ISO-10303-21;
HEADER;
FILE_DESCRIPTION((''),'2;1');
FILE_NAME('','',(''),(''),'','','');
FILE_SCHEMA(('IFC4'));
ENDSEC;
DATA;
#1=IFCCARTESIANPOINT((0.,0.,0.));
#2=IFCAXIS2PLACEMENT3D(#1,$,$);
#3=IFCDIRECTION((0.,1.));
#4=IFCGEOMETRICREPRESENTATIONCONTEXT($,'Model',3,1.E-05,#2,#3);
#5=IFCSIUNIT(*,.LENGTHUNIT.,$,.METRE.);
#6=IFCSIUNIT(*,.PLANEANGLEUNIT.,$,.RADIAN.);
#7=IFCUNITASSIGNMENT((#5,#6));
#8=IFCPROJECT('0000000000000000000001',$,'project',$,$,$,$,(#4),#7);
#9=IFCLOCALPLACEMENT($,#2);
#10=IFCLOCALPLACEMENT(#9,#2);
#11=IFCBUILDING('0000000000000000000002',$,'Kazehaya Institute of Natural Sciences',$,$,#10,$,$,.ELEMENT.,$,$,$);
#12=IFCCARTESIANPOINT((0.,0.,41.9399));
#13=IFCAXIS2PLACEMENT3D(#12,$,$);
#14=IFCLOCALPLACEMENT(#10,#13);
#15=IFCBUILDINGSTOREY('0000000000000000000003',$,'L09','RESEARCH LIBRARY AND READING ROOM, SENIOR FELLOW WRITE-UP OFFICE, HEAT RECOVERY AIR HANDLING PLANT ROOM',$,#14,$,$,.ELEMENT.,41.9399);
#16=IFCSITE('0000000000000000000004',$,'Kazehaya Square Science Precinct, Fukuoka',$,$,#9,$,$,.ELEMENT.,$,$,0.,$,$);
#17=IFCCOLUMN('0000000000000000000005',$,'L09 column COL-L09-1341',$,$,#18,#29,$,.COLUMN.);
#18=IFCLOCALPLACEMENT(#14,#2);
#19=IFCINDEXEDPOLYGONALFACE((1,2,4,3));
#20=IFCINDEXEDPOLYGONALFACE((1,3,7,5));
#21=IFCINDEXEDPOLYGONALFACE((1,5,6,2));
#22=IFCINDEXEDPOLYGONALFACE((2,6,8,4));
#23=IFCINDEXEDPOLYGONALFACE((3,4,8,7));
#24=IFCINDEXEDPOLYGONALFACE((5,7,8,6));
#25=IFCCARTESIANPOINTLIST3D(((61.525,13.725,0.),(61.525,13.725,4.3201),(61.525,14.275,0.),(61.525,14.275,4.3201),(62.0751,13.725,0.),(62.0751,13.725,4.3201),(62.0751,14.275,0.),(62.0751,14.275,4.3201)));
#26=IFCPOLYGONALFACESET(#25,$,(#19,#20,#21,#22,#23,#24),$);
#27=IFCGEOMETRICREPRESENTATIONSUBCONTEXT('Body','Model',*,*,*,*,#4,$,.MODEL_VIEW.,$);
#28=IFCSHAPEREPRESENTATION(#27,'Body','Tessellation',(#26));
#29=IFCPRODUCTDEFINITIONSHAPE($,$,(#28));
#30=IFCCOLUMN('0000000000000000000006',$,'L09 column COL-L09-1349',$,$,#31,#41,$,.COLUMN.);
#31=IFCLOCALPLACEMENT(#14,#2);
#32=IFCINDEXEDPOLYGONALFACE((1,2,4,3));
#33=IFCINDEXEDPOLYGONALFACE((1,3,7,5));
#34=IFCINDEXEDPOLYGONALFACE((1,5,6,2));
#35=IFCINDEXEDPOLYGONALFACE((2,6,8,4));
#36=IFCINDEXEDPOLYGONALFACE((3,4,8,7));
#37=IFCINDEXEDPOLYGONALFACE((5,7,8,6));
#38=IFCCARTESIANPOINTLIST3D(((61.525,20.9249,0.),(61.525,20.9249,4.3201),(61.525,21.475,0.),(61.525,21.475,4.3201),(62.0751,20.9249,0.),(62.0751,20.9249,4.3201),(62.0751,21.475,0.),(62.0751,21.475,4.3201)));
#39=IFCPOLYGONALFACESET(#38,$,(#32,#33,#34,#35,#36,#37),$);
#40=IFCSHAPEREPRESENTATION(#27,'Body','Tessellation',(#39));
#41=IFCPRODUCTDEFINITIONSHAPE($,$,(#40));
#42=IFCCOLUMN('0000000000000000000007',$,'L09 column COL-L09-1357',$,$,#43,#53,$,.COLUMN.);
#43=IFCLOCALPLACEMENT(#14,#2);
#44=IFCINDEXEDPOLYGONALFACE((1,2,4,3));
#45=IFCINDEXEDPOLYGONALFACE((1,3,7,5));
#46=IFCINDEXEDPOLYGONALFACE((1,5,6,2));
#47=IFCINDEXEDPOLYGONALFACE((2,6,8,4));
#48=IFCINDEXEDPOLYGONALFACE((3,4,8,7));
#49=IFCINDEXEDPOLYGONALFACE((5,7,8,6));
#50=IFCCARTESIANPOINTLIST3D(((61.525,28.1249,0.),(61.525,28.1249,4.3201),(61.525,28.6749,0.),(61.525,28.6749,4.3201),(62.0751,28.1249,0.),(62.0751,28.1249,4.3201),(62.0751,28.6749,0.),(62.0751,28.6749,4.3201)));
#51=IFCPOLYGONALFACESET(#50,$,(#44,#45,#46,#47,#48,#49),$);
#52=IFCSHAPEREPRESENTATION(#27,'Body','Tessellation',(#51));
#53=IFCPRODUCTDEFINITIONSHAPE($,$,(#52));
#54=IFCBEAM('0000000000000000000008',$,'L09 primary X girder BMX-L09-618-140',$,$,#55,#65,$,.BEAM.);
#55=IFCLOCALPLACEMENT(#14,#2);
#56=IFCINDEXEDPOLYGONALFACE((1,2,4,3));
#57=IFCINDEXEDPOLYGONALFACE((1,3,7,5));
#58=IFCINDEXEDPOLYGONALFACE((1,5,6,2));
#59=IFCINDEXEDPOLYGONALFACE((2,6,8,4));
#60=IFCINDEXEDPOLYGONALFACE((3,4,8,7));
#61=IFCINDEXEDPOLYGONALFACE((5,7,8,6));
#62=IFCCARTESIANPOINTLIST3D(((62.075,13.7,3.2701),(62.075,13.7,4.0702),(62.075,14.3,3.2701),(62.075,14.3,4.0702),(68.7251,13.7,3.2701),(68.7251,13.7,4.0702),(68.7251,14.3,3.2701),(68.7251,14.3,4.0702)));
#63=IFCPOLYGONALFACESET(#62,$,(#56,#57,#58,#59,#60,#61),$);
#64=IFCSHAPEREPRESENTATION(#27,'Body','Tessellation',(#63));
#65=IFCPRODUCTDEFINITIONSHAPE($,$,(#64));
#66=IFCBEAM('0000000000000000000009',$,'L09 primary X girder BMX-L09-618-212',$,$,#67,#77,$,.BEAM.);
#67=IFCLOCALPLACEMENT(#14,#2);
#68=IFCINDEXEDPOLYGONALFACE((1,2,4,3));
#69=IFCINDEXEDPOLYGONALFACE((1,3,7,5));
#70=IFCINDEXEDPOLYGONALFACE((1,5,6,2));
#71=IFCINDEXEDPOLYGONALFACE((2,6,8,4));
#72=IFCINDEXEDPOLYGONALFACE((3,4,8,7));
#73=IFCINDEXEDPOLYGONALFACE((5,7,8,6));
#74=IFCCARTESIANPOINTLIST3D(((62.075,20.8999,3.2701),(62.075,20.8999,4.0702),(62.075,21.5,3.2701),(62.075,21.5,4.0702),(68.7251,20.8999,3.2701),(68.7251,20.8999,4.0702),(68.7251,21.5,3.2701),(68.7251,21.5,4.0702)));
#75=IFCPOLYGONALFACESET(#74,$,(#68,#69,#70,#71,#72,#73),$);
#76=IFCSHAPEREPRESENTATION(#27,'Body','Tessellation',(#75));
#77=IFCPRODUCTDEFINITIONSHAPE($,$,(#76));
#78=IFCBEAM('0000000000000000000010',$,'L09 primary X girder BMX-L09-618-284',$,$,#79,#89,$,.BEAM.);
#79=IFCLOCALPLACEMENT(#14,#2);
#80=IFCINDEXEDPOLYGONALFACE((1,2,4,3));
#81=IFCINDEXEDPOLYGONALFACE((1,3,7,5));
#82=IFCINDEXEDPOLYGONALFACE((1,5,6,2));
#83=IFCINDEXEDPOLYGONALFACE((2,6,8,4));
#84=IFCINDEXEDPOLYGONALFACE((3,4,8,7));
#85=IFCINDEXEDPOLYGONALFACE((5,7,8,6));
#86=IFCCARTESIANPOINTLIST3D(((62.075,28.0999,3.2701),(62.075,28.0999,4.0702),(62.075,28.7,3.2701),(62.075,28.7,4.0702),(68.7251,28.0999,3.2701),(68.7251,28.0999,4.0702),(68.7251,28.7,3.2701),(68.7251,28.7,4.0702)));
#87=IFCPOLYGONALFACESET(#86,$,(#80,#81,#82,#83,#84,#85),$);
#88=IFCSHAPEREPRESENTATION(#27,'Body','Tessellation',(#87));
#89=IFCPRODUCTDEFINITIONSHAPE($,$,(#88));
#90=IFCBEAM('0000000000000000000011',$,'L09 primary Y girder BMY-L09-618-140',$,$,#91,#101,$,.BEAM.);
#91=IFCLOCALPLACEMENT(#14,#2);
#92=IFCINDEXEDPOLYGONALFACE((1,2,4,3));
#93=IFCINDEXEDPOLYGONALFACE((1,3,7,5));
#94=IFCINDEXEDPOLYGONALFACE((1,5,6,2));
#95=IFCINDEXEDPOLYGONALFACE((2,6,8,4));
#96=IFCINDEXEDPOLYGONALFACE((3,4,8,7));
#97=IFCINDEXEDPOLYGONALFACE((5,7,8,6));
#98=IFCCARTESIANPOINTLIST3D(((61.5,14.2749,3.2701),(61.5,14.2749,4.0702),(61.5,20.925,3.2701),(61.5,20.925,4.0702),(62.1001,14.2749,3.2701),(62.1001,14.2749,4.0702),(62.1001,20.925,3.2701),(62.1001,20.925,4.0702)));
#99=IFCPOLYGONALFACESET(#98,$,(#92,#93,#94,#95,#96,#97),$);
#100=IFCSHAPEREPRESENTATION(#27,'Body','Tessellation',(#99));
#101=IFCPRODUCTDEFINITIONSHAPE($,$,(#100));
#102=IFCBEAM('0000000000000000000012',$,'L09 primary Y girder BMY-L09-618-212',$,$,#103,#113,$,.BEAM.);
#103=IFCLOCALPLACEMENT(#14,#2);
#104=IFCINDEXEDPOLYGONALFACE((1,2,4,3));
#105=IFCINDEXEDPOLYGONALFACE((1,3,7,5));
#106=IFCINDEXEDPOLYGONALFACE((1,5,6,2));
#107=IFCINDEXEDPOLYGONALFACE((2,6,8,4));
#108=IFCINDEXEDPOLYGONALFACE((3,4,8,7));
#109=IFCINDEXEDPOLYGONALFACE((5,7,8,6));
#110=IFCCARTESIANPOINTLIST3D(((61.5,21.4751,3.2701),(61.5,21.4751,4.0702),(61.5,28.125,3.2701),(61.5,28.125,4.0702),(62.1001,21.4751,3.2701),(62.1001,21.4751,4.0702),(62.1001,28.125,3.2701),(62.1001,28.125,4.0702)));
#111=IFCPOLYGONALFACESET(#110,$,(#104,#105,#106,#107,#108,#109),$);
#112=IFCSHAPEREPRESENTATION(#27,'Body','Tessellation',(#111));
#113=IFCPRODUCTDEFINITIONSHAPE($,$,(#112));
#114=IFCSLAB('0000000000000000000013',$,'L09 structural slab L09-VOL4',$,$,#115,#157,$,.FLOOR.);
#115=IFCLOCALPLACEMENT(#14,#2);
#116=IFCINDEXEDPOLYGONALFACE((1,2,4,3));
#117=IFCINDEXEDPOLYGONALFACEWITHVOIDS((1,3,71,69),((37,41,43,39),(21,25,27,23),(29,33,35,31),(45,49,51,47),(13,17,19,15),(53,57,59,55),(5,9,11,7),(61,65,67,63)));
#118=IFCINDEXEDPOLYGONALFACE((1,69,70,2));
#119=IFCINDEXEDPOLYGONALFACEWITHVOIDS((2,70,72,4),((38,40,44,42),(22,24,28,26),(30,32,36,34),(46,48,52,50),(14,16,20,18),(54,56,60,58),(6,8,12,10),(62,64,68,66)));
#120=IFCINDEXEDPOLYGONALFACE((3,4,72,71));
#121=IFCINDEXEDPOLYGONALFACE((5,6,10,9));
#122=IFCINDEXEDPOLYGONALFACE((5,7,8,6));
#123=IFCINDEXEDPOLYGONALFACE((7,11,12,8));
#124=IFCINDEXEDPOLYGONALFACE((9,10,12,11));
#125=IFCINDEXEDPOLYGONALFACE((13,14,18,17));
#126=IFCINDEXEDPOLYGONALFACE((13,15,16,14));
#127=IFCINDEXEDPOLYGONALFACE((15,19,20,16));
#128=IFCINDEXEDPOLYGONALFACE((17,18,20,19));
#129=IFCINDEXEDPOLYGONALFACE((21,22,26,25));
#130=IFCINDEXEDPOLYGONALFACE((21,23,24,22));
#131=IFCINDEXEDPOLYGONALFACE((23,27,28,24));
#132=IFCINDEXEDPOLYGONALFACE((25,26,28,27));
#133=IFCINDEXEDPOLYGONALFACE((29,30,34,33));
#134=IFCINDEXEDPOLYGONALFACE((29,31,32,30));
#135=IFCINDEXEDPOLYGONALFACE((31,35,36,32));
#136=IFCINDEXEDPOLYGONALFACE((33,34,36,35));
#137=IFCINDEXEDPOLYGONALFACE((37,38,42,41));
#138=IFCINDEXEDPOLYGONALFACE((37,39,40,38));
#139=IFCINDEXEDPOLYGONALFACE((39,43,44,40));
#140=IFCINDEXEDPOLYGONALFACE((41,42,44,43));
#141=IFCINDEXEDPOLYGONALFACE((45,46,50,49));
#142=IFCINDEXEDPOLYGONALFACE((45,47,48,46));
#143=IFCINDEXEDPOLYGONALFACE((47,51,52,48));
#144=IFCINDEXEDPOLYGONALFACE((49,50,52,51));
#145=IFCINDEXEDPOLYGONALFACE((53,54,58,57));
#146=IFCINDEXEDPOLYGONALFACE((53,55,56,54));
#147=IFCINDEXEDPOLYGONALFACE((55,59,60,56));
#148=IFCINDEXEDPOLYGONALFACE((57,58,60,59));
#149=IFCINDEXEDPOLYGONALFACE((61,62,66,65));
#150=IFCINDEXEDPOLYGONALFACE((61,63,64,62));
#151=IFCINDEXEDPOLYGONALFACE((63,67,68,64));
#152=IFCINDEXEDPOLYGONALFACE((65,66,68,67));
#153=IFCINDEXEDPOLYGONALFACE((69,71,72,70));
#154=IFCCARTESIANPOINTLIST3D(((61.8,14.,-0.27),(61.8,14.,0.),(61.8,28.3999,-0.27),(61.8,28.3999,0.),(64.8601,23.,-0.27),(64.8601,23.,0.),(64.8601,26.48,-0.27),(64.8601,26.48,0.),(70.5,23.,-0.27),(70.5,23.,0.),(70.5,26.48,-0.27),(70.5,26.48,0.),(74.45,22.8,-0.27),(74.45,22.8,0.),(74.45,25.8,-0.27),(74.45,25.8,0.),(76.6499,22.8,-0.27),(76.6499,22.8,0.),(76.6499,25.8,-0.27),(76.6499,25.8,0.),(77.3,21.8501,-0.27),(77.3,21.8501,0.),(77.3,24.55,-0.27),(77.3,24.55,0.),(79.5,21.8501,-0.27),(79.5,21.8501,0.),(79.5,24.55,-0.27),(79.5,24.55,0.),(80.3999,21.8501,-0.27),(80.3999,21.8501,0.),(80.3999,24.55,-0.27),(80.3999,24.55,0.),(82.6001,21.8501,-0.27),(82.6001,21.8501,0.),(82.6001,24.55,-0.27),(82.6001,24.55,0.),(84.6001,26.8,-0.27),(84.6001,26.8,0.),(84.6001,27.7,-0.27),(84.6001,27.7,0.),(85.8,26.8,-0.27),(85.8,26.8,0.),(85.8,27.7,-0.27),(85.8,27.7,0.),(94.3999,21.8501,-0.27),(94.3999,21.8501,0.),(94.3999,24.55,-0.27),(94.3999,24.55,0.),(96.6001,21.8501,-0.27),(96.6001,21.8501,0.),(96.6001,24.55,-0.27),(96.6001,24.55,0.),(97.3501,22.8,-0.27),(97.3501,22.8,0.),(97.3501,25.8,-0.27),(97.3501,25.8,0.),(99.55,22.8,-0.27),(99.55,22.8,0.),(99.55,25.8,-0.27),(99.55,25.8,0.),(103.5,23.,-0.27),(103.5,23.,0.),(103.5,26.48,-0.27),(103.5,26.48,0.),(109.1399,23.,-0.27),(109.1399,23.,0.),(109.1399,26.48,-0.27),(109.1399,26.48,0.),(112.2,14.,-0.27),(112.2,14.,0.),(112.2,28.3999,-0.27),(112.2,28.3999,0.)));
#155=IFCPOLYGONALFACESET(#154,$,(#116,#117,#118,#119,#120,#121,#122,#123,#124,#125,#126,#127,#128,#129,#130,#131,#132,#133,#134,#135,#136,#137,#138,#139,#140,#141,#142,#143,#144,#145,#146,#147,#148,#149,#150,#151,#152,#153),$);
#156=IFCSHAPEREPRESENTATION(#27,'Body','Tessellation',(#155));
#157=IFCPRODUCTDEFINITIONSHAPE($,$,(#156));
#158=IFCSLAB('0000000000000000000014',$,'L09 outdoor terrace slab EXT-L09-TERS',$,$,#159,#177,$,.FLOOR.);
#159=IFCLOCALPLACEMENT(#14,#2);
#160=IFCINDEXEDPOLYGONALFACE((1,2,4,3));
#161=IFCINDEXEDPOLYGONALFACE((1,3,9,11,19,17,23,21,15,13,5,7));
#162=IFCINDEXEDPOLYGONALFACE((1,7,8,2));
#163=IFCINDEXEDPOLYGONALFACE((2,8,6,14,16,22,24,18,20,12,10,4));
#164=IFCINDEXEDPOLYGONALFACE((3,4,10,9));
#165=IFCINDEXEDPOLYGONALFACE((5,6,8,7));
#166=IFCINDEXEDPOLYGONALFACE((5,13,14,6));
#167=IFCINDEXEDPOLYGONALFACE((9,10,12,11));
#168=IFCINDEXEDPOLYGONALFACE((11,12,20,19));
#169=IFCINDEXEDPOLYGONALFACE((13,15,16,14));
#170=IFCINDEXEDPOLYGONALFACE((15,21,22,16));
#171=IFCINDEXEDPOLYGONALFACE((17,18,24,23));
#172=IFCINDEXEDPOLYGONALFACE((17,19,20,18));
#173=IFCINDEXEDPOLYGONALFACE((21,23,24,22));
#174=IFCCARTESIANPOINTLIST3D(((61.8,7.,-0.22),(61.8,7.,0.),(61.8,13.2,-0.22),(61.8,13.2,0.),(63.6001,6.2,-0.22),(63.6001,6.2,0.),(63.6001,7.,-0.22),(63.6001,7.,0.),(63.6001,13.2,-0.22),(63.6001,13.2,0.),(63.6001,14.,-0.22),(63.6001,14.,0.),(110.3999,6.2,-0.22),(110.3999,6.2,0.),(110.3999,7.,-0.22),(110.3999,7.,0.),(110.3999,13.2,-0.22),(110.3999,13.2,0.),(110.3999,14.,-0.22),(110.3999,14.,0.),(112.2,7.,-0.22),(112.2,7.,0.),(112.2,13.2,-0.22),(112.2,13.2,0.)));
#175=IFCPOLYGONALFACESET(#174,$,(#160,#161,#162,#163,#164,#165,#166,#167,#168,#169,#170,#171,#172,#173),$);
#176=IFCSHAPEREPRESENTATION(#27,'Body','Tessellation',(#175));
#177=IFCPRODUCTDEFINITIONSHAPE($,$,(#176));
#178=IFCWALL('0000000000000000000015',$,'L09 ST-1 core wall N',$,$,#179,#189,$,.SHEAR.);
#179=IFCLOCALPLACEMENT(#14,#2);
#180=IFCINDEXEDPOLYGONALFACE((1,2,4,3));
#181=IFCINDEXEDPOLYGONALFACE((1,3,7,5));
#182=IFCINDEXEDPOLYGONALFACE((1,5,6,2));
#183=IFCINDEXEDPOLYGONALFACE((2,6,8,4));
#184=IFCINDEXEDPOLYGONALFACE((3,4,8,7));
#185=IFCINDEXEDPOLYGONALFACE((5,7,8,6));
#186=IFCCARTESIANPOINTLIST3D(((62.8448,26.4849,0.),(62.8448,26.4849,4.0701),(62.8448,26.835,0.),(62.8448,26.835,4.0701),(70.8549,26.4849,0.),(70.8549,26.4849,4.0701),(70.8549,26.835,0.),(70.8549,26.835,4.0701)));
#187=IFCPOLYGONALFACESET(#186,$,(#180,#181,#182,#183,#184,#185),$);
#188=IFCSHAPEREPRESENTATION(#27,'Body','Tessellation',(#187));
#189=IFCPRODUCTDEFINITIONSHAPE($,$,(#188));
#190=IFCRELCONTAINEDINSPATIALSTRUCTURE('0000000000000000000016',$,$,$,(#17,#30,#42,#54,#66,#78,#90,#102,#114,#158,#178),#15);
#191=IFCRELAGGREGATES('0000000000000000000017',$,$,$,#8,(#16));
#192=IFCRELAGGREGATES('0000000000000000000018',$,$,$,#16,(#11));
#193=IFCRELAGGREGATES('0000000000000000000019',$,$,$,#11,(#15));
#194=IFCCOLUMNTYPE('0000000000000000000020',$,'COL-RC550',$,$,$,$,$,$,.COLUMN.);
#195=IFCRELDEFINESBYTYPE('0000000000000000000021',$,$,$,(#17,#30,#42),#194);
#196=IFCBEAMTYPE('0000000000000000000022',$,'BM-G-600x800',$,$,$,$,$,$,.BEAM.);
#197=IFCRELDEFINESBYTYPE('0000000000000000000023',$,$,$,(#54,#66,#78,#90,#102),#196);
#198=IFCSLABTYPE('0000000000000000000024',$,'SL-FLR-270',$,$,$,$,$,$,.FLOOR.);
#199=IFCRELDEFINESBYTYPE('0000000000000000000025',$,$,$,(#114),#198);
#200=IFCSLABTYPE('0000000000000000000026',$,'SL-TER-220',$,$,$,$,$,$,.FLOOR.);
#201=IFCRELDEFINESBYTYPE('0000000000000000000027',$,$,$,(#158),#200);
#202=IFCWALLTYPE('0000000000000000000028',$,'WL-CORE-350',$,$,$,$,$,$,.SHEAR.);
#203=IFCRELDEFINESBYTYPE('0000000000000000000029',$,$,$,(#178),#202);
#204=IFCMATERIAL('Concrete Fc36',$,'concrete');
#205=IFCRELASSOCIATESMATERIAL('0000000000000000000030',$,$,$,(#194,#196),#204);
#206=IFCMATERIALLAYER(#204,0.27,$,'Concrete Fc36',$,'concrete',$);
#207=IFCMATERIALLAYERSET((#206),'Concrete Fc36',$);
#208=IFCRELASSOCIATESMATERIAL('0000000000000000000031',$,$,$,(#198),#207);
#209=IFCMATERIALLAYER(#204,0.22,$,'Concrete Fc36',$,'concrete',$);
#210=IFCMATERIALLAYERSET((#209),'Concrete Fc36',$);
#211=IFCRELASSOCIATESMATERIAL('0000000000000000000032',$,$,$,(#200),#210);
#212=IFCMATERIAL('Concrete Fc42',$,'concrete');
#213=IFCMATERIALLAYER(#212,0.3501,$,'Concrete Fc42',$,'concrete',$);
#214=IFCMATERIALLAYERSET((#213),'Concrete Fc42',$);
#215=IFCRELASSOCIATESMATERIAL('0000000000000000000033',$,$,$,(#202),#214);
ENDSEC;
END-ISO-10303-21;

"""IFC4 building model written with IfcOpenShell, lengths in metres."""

from ifc_helpers import new_model, si_unit, direction, frame, frame_2d, origin, origin_2d, place, context, subcontext, project, spatial, polyline, rectangle, outline, extrude, material, layer, layer_set, material_profile, profile_set, type_object, element, save


model = new_model("IFC4")

# Units and contexts
model_context = context("Model", 3, precision=1e-05, world=origin(), true_north=direction((0.0, 1.0)))
body_context = subcontext(model_context, "Body", "Model", "MODEL_VIEW")
ifc_project = project(units=[si_unit("LENGTHUNIT", "METRE"), si_unit("PLANEANGLEUNIT", "RADIAN")], contexts=[model_context])

# Site, building, storey
site_placement = place(None, origin())
site = spatial("IfcSite", under=ifc_project, at=site_placement, Name="Kazehaya Square Science Precinct, Fukuoka", CompositionType="ELEMENT", RefElevation=0.0)
building_placement = place(site_placement, origin())
building = spatial("IfcBuilding", under=site, at=building_placement, Name="Kazehaya Institute of Natural Sciences", CompositionType="ELEMENT")
storey_placement = place(building_placement, frame((0.0, 0.0, 41.9399)))
storey = spatial("IfcBuildingStorey", under=building, at=storey_placement, Name="L09", Description="RESEARCH LIBRARY AND READING ROOM, SENIOR FELLOW WRITE-UP OFFICE, HEAT RECOVERY AIR HANDLING PLANT ROOM", CompositionType="ELEMENT", Elevation=41.9399)

# Columns
ifc_material_1 = material(Name="Concrete Fc36", Category="concrete")
ifc_material_profile_1 = material_profile(ifc_material_1, rectangle(XDim=0.55, YDim=0.55, at=origin_2d()), Name="RC-550x550")
ifc_profile_set_1 = profile_set([ifc_material_profile_1], Name="Concrete Fc36")
column_type = type_object("IfcColumnType", Name="COL-RC550", PredefinedType="COLUMN", material=ifc_profile_set_1)
for number, where, z_axis, x_axis, name in (
    (1, (61.8, 14.0, 0.0), (0.0, 0.0, 1.0), (1.0, 0.0, 0.0), "L09 column COL-L09-1341"),
    (2, (61.8, 21.2, 0.0), (0.0, 0.0, 1.0), (1.0, 0.0, 0.0), "L09 column COL-L09-1349"),
    (3, (61.8, 28.3999, 0.0), (0.0, 0.0, 1.0), (1.0, 0.0, 0.0), "L09 column COL-L09-1357"),
):
    element("IfcColumn", number, at=place(storey_placement, frame(where, z_axis=z_axis, x_axis=x_axis)), inside=storey, type_object=column_type, Name=name, PredefinedType="COLUMN", context=body_context, shape_type="SweptSolid", body=[
        extrude(rectangle(XDim=0.55, YDim=0.55, at=origin_2d()), origin(), (0.0, 0.0, 1.0), 4.3201),
    ])

# Beams
ifc_material_profile_2 = material_profile(ifc_material_1, rectangle(XDim=0.6001, YDim=0.8, at=origin_2d()), Name="RC-600x800")
ifc_profile_set_2 = profile_set([ifc_material_profile_2], Name="Concrete Fc36")
beam_type = type_object("IfcBeamType", Name="BM-G-600x800", PredefinedType="BEAM", material=ifc_profile_set_2)
for number, where, z_axis, x_axis, name in (
    (4, (62.075, 14.0, 3.6702), (1.0, 0.0, 0.0), (0.0, 1.0, 0.0), "L09 primary X girder BMX-L09-618-140"),
    (5, (62.075, 21.2, 3.6702), (1.0, 0.0, 0.0), (0.0, 1.0, 0.0), "L09 primary X girder BMX-L09-618-212"),
    (6, (62.075, 28.3999, 3.6702), (1.0, 0.0, 0.0), (0.0, 1.0, 0.0), "L09 primary X girder BMX-L09-618-284"),
    (7, (61.8, 14.2749, 3.6702), (0.0, 1.0, 0.0), (-1.0, 0.0, 0.0), "L09 primary Y girder BMY-L09-618-140"),
):
    element("IfcBeam", number, at=place(storey_placement, frame(where, z_axis=z_axis, x_axis=x_axis)), inside=storey, type_object=beam_type, Name=name, PredefinedType="BEAM", context=body_context, shape_type="SweptSolid", body=[
        extrude(rectangle(XDim=0.6001, YDim=0.8, at=origin_2d()), origin(), (0.0, 0.0, 1.0), 6.6501),
    ])
beam_placement = place(storey_placement, frame((61.8, 21.4751, 3.6702), z_axis=(0.0, 1.0, 0.0), x_axis=(-1.0, 0.0, 0.0)))
element("IfcBeam", 8, at=beam_placement, inside=storey, type_object=beam_type, Name="L09 primary Y girder BMY-L09-618-212", PredefinedType="BEAM", context=body_context, shape_type="SweptSolid", body=[
    extrude(rectangle(XDim=0.6001, YDim=0.8, at=origin_2d()), origin(), (0.0, 0.0, 1.0), 6.6499),
])

# Slabs
ifc_layer_1 = layer(ifc_material_1, 0.27, Name="Concrete Fc36", Category="concrete")
ifc_layer_set_1 = layer_set([ifc_layer_1], Name="Concrete Fc36")
slab_type_1 = type_object("IfcSlabType", Name="SL-FLR-270", PredefinedType="FLOOR", material=ifc_layer_set_1)
slab_1_placement = place(storey_placement, frame((0.0, 0.0, -0.27)))
element("IfcSlab", 9, at=slab_1_placement, inside=storey, type_object=slab_type_1, Name="L09 structural slab L09-VOL4", PredefinedType="FLOOR", context=body_context, shape_type="SweptSolid", body=[
    extrude(outline(polyline([(61.8, 14.0), (112.2, 14.0), (112.2, 28.3999), (61.8, 28.3999), (61.8, 14.0)]), holes=[polyline([(84.6001, 26.8), (85.8, 26.8), (85.8, 27.7), (84.6001, 27.7), (84.6001, 26.8)]), polyline([(64.8601, 23.0), (70.5, 23.0), (70.5, 26.48), (64.8601, 26.48), (64.8601, 23.0)]), polyline([(103.5, 23.0), (109.1399, 23.0), (109.1399, 26.48), (103.5, 26.48), (103.5, 23.0)]), polyline([(74.45, 22.8), (76.6499, 22.8), (76.6499, 25.8), (74.45, 25.8), (74.45, 22.8)]), polyline([(97.3501, 22.8), (99.55, 22.8), (99.55, 25.8), (97.3501, 25.8), (97.3501, 22.8)]), polyline([(77.3, 21.8501), (79.5, 21.8501), (79.5, 24.55), (77.3, 24.55), (77.3, 21.8501)]), polyline([(80.3999, 21.8501), (82.6001, 21.8501), (82.6001, 24.55), (80.3999, 24.55), (80.3999, 21.8501)]), polyline([(94.3999, 21.8501), (96.6001, 21.8501), (96.6001, 24.55), (94.3999, 24.55), (94.3999, 21.8501)])]), origin(), (0.0, 0.0, 1.0), 0.27),
])
ifc_layer_2 = layer(ifc_material_1, 0.22, Name="Concrete Fc36", Category="concrete")
ifc_layer_set_2 = layer_set([ifc_layer_2], Name="Concrete Fc36")
slab_type_2 = type_object("IfcSlabType", Name="SL-TER-220", PredefinedType="FLOOR", material=ifc_layer_set_2)
slab_2_placement = place(storey_placement, frame((0.0, 0.0, -0.22)))
element("IfcSlab", 10, at=slab_2_placement, inside=storey, type_object=slab_type_2, Name="L09 outdoor terrace slab EXT-L09-TERS", PredefinedType="FLOOR", context=body_context, shape_type="SweptSolid", body=[
    extrude(outline(polyline([(63.6001, 6.2), (110.3999, 6.2), (110.3999, 7.0), (112.2, 7.0), (112.2, 13.2), (110.3999, 13.2), (110.3999, 14.0), (63.6001, 14.0), (63.6001, 13.2), (61.8, 13.2), (61.8, 7.0), (63.6001, 7.0), (63.6001, 6.2)])), origin(), (0.0, 0.0, 1.0), 0.22),
])

# Wall
ifc_material_2 = material(Name="Concrete Fc42", Category="concrete")
ifc_layer_3 = layer(ifc_material_2, 0.3501, Name="Concrete Fc42", Category="concrete")
ifc_layer_set_3 = layer_set([ifc_layer_3], Name="Concrete Fc42")
wall_type_1 = type_object("IfcWallType", Name="WL-CORE-350", PredefinedType="SHEAR", material=ifc_layer_set_3)
wall_1_placement = place(storey_placement, frame((62.845, 26.6599, 0.0), z_axis=(0.0, 0.0, 1.0), x_axis=(1.0, 0.0, 0.0)))
element("IfcWall", 11, at=wall_1_placement, inside=storey, type_object=wall_type_1, Name="L09 ST-1 core wall N", PredefinedType="SHEAR", context=body_context, shape_type="SweptSolid", body=[
    extrude(rectangle(XDim=8.01, YDim=0.3501, at=frame_2d((4.0049, 0.0))), origin(), (0.0, 0.0, 1.0), 4.0701),
])

save(model, "model.ifc")
